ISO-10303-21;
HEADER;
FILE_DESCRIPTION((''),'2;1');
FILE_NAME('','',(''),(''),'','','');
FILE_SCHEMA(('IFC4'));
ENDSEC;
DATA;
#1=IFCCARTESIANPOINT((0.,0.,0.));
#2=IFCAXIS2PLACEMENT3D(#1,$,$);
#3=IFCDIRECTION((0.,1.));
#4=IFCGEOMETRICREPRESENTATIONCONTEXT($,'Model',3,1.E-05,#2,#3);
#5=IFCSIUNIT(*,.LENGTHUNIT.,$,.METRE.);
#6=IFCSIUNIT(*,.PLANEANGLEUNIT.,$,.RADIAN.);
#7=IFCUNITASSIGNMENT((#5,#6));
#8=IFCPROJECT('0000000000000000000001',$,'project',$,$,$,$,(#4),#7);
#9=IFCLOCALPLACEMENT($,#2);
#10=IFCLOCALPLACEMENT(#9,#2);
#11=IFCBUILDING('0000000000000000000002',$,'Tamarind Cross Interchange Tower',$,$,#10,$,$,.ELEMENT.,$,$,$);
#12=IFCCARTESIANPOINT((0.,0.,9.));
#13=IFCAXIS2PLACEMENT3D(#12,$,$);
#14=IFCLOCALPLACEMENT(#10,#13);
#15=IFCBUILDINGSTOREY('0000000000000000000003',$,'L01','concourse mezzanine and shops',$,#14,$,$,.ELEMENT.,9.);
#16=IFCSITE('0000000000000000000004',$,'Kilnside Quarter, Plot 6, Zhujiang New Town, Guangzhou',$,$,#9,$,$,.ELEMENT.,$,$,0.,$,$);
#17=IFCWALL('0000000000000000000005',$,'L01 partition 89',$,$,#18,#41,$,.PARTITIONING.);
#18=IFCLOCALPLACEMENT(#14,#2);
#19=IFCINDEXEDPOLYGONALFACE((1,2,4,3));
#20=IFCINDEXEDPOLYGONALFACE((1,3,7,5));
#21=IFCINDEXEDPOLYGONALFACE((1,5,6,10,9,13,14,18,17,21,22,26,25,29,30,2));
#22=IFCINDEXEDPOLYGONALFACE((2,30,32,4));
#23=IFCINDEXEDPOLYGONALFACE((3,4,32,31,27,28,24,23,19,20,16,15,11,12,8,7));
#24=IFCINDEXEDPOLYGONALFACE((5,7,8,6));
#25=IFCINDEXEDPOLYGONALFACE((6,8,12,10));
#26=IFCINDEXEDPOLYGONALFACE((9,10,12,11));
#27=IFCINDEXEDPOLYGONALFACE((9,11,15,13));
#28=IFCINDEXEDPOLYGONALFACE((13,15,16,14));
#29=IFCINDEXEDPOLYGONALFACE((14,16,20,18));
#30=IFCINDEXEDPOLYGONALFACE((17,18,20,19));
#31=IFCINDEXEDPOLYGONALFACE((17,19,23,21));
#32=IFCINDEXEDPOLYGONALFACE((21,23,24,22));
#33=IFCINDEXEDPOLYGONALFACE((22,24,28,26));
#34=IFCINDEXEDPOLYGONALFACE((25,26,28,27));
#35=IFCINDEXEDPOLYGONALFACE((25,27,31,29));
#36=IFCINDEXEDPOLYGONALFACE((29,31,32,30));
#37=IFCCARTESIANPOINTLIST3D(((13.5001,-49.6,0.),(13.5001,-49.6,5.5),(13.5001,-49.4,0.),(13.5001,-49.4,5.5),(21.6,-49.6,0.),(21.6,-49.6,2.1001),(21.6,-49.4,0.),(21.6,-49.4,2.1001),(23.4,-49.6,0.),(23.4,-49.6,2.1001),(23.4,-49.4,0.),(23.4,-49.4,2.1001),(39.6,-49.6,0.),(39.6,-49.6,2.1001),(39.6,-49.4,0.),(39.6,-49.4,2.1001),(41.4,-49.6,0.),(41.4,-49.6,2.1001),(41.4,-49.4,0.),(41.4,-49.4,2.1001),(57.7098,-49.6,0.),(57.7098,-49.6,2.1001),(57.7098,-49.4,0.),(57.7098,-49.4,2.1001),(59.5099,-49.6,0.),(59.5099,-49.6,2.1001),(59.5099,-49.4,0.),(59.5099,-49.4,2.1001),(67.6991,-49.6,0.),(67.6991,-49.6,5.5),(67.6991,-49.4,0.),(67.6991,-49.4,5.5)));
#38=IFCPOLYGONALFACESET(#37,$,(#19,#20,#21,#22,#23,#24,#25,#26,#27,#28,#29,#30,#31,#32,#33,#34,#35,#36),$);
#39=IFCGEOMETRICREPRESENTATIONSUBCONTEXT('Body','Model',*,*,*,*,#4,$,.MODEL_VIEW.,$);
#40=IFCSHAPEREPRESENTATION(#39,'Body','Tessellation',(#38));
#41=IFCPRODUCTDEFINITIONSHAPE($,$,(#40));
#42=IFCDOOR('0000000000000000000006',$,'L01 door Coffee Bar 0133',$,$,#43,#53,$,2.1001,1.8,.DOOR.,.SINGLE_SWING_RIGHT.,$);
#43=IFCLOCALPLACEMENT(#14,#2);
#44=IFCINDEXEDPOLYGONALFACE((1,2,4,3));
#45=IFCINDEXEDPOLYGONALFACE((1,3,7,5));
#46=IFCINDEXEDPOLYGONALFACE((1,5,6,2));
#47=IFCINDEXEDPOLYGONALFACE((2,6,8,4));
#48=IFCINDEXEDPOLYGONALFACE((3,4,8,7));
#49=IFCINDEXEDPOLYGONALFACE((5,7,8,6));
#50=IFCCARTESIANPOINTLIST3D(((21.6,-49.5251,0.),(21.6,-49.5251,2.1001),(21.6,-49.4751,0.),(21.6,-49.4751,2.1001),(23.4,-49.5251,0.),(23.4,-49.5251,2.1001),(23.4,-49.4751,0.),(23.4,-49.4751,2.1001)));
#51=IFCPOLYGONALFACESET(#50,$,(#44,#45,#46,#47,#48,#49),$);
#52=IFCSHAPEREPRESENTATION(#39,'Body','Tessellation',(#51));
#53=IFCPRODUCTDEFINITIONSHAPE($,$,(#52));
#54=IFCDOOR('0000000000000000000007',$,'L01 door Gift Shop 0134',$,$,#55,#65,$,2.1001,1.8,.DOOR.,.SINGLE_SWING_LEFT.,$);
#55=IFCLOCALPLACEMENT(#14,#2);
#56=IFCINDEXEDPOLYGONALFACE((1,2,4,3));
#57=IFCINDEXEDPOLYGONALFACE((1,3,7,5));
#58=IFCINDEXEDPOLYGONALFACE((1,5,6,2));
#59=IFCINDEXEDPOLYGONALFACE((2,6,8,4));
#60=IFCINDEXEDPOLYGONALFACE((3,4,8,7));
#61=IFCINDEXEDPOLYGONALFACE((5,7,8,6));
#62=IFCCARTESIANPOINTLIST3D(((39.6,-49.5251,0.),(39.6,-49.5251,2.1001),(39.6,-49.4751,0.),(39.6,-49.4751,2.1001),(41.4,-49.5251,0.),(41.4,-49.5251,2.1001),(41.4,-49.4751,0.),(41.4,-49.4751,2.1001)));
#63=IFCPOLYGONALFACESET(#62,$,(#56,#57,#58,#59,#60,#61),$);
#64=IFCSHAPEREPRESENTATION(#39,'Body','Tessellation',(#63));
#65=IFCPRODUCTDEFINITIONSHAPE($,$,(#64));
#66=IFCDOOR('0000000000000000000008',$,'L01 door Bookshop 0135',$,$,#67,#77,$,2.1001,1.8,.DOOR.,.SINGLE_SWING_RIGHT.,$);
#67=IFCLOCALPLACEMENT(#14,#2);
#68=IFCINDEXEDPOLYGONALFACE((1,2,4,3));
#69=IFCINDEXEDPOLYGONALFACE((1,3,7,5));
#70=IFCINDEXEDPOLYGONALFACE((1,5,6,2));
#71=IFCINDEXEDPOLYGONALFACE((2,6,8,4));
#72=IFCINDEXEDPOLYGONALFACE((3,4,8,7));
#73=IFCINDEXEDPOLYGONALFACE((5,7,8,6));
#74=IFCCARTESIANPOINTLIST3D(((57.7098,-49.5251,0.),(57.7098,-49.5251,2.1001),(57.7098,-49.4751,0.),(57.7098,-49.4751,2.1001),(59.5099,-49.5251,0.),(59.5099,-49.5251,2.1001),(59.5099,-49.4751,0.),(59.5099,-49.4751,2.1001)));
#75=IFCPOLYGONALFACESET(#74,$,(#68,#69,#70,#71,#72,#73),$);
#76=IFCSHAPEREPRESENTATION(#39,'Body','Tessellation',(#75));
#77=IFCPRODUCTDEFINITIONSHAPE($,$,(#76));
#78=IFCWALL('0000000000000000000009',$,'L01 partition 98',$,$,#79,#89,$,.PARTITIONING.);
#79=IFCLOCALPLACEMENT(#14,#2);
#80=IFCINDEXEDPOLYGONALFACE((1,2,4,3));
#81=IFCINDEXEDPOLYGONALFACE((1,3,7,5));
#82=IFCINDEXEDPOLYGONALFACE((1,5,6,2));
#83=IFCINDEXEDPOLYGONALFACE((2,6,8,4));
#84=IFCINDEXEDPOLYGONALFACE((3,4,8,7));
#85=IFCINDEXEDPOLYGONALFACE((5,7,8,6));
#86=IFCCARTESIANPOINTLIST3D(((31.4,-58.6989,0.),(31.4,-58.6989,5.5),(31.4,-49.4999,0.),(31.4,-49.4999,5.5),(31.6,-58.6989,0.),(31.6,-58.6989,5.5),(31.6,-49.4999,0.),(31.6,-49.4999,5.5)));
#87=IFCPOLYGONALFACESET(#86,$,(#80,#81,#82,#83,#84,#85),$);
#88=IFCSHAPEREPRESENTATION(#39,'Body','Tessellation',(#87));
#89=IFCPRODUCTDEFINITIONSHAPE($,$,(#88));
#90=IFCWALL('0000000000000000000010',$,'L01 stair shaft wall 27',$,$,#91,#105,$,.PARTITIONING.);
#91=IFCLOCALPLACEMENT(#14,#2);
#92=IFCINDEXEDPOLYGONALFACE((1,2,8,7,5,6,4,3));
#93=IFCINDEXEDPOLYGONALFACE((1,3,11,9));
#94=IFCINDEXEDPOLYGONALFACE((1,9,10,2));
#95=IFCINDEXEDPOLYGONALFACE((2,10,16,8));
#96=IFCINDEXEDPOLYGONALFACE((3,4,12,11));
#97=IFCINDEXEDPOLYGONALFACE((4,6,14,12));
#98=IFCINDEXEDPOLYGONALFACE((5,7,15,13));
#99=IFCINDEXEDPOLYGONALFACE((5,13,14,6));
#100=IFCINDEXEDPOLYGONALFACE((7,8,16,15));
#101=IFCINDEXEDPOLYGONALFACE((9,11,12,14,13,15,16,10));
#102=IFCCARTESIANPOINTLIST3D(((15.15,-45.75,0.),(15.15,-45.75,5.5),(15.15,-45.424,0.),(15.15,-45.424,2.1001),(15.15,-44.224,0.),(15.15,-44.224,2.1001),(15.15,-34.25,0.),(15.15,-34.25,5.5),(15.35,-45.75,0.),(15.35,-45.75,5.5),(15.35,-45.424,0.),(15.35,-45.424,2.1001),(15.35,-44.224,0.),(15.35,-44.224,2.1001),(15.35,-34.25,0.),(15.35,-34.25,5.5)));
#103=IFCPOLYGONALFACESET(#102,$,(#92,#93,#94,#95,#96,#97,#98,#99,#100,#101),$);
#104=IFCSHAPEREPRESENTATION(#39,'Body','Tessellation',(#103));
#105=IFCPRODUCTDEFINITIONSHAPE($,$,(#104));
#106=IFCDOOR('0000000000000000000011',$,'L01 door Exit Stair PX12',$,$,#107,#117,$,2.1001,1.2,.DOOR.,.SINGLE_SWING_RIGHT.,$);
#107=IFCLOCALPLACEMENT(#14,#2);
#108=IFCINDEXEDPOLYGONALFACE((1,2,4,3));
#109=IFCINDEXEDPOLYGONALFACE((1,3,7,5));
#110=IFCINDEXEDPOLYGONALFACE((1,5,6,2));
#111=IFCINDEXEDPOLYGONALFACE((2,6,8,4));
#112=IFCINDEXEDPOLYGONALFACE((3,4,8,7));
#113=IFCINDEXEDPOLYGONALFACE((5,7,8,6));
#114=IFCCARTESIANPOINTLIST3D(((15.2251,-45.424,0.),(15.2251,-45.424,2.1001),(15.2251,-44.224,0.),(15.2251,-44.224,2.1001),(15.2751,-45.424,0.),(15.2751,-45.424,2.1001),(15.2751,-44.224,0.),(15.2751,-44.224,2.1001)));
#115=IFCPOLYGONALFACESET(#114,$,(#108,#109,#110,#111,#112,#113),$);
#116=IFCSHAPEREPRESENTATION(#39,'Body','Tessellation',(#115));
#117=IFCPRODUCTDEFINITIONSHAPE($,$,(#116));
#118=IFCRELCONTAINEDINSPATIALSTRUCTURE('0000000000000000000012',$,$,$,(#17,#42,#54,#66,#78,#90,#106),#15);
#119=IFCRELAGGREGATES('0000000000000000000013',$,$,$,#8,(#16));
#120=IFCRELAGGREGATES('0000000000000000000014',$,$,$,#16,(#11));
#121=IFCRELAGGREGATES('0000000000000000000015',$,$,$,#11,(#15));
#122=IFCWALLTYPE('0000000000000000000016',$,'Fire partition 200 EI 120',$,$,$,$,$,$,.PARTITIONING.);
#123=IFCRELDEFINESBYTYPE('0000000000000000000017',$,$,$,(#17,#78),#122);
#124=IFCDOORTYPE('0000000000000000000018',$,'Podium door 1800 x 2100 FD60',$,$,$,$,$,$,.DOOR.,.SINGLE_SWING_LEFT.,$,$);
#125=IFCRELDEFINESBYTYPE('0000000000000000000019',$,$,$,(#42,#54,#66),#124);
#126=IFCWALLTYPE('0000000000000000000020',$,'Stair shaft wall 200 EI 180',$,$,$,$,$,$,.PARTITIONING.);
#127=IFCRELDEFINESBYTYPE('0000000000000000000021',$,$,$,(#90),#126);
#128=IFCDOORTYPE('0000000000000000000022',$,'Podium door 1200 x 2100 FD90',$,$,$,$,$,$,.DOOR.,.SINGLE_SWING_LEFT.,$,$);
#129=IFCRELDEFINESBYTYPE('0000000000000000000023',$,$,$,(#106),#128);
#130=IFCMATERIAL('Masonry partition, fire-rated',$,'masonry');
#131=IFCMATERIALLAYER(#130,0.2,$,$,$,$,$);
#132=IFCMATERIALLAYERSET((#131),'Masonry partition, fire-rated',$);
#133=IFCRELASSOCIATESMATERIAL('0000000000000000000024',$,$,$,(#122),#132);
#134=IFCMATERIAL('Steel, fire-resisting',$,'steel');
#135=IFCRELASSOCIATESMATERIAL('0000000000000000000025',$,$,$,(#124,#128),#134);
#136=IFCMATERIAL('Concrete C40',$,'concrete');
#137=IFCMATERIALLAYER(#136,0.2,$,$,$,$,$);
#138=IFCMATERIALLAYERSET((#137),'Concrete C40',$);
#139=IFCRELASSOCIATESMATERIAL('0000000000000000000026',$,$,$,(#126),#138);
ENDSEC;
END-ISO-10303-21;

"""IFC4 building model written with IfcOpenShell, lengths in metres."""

from ifc_helpers import new_model, si_unit, direction, frame, frame_2d, origin, place, context, subcontext, project, spatial, rectangle, extrude, material, layer, layer_set, type_object, element, fill, save


model = new_model("IFC4")

# Units and contexts
model_context = context("Model", 3, precision=1e-05, world=origin(), true_north=direction((0.0, 1.0)))
body_context = subcontext(model_context, "Body", "Model", "MODEL_VIEW")
ifc_project = project(units=[si_unit("LENGTHUNIT", "METRE"), si_unit("PLANEANGLEUNIT", "RADIAN")], contexts=[model_context])

# Site, building, storey
site_placement = place(None, origin())
site = spatial("IfcSite", under=ifc_project, at=site_placement, Name="Kilnside Quarter, Plot 6, Zhujiang New Town, Guangzhou", CompositionType="ELEMENT", RefElevation=0.0)
building_placement = place(site_placement, origin())
building = spatial("IfcBuilding", under=site, at=building_placement, Name="Tamarind Cross Interchange Tower", CompositionType="ELEMENT")
storey_placement = place(building_placement, frame((0.0, 0.0, 9.0)))
storey = spatial("IfcBuildingStorey", under=building, at=storey_placement, Name="L01", Description="concourse mezzanine and shops", CompositionType="ELEMENT", Elevation=9.0)

# Shared definitions
ifc_material_1 = material(Name="Masonry partition, fire-rated", Category="masonry")
ifc_layer_1 = layer(ifc_material_1, 0.2)
ifc_layer_set_1 = layer_set([ifc_layer_1], Name="Masonry partition, fire-rated")
wall_type_1 = type_object("IfcWallType", Name="Fire partition 200 EI 120", PredefinedType="PARTITIONING", material=ifc_layer_set_1)

# Wall, openings, doors
wall_1_placement = place(storey_placement, frame((13.5, -49.5, 0.0), z_axis=(0.0, 0.0, 1.0), x_axis=(1.0, 0.0, 0.0)))
wall_1 = element("IfcWall", 1, at=wall_1_placement, inside=storey, type_object=wall_type_1, Name="L01 partition 89", PredefinedType="PARTITIONING", context=body_context, shape_type="SweptSolid", body=[
    extrude(rectangle(XDim=54.199, YDim=0.2, at=frame_2d((27.0996, 0.0))), origin(), (0.0, 0.0, 1.0), 5.5),
])
opening_1_placement = place(wall_1_placement, frame((8.1001, 0.0, 0.0)))
opening_1 = element("IfcOpeningElement", 2, at=opening_1_placement, cuts=wall_1, PredefinedType="OPENING", context=body_context, shape_type="SweptSolid", body=[
    extrude(rectangle(XDim=1.8, YDim=2.1001, at=frame_2d((0.8999, 1.05))), frame((0.0, 0.1099, 0.0), z_axis=(0.0, -1.0, 0.0), x_axis=(1.0, 0.0, 0.0)), (0.0, 0.0, 1.0), 0.22),
])
opening_2_placement = place(wall_1_placement, frame((26.1001, 0.0, 0.0)))
opening_2 = element("IfcOpeningElement", 3, at=opening_2_placement, cuts=wall_1, PredefinedType="OPENING", context=body_context, shape_type="SweptSolid", body=[
    extrude(rectangle(XDim=1.8, YDim=2.1001, at=frame_2d((0.8999, 1.05))), frame((0.0, 0.1099, 0.0), z_axis=(0.0, -1.0, 0.0), x_axis=(1.0, 0.0, 0.0)), (0.0, 0.0, 1.0), 0.22),
])
opening_3_placement = place(wall_1_placement, frame((44.21, 0.0, 0.0)))
opening_3 = element("IfcOpeningElement", 4, at=opening_3_placement, cuts=wall_1, PredefinedType="OPENING", context=body_context, shape_type="SweptSolid", body=[
    extrude(rectangle(XDim=1.8, YDim=2.1001, at=frame_2d((0.8999, 1.05))), frame((0.0, 0.1099, 0.0), z_axis=(0.0, -1.0, 0.0), x_axis=(1.0, 0.0, 0.0)), (0.0, 0.0, 1.0), 0.22),
])
ifc_material_2 = material(Name="Steel, fire-resisting", Category="steel")
door_type_1 = type_object("IfcDoorType", Name="Podium door 1800 x 2100 FD60", OperationType="SINGLE_SWING_LEFT", PredefinedType="DOOR", material=ifc_material_2)
door_1_placement = place(opening_1_placement, origin())
door_1 = element("IfcDoor", 5, at=door_1_placement, inside=storey, type_object=door_type_1, Name="L01 door Coffee Bar 0133", OperationType="SINGLE_SWING_RIGHT", OverallHeight=2.1001, OverallWidth=1.8, PredefinedType="DOOR", context=body_context, shape_type="SweptSolid", body=[
    extrude(rectangle(XDim=1.8, YDim=2.1001, at=frame_2d((0.8999, 1.05))), frame((0.0, 0.0249, 0.0), z_axis=(0.0, -1.0, 0.0), x_axis=(1.0, 0.0, 0.0)), (0.0, 0.0, 1.0), 0.05),
])
fill(opening_1, door_1)
door_2_placement = place(opening_2_placement, origin())
door_2 = element("IfcDoor", 6, at=door_2_placement, inside=storey, type_object=door_type_1, Name="L01 door Gift Shop 0134", OperationType="SINGLE_SWING_LEFT", OverallHeight=2.1001, OverallWidth=1.8, PredefinedType="DOOR", context=body_context, shape_type="SweptSolid", body=[
    extrude(rectangle(XDim=1.8, YDim=2.1001, at=frame_2d((0.8999, 1.05))), frame((0.0, 0.0249, 0.0), z_axis=(0.0, -1.0, 0.0), x_axis=(1.0, 0.0, 0.0)), (0.0, 0.0, 1.0), 0.05),
])
fill(opening_2, door_2)
door_3_placement = place(opening_3_placement, origin())
door_3 = element("IfcDoor", 7, at=door_3_placement, inside=storey, type_object=door_type_1, Name="L01 door Bookshop 0135", OperationType="SINGLE_SWING_RIGHT", OverallHeight=2.1001, OverallWidth=1.8, PredefinedType="DOOR", context=body_context, shape_type="SweptSolid", body=[
    extrude(rectangle(XDim=1.8, YDim=2.1001, at=frame_2d((0.8999, 1.05))), frame((0.0, 0.0249, 0.0), z_axis=(0.0, -1.0, 0.0), x_axis=(1.0, 0.0, 0.0)), (0.0, 0.0, 1.0), 0.05),
])
fill(opening_3, door_3)

# Wall
wall_2_placement = place(storey_placement, frame((31.5, -58.699, 0.0), z_axis=(0.0, 0.0, 1.0), x_axis=(0.0, 1.0, 0.0)))
element("IfcWall", 8, at=wall_2_placement, inside=storey, type_object=wall_type_1, Name="L01 partition 98", PredefinedType="PARTITIONING", context=body_context, shape_type="SweptSolid", body=[
    extrude(rectangle(XDim=9.199, YDim=0.2, at=frame_2d((4.5996, 0.0))), origin(), (0.0, 0.0, 1.0), 5.5),
])

# Wall, opening, door
ifc_material_3 = material(Name="Concrete C40", Category="concrete")
ifc_layer_2 = layer(ifc_material_3, 0.2)
ifc_layer_set_2 = layer_set([ifc_layer_2], Name="Concrete C40")
wall_type_2 = type_object("IfcWallType", Name="Stair shaft wall 200 EI 180", PredefinedType="PARTITIONING", material=ifc_layer_set_2)
wall_3_placement = place(storey_placement, frame((15.25, -45.75, 0.0), z_axis=(0.0, 0.0, 1.0), x_axis=(0.0, 1.0, 0.0)))
wall_3 = element("IfcWall", 9, at=wall_3_placement, inside=storey, type_object=wall_type_2, Name="L01 stair shaft wall 27", PredefinedType="PARTITIONING", context=body_context, shape_type="SweptSolid", body=[
    extrude(rectangle(XDim=11.5, YDim=0.2, at=frame_2d((5.75, 0.0))), origin(), (0.0, 0.0, 1.0), 5.5),
])
opening_4_placement = place(wall_3_placement, frame((0.3259, 0.0, 0.0)))
opening_4 = element("IfcOpeningElement", 10, at=opening_4_placement, cuts=wall_3, PredefinedType="OPENING", context=body_context, shape_type="SweptSolid", body=[
    extrude(rectangle(XDim=1.2, YDim=2.1001, at=frame_2d((0.6001, 1.05))), frame((0.0, 0.1099, 0.0), z_axis=(0.0, -1.0, 0.0), x_axis=(1.0, 0.0, 0.0)), (0.0, 0.0, 1.0), 0.22),
])
door_type_2 = type_object("IfcDoorType", Name="Podium door 1200 x 2100 FD90", OperationType="SINGLE_SWING_LEFT", PredefinedType="DOOR", material=ifc_material_2)
door_4_placement = place(opening_4_placement, origin())
door_4 = element("IfcDoor", 11, at=door_4_placement, inside=storey, type_object=door_type_2, Name="L01 door Exit Stair PX12", OperationType="SINGLE_SWING_RIGHT", OverallHeight=2.1001, OverallWidth=1.2, PredefinedType="DOOR", context=body_context, shape_type="SweptSolid", body=[
    extrude(rectangle(XDim=1.2, YDim=2.1001, at=frame_2d((0.6001, 1.05))), frame((0.0, 0.0249, 0.0), z_axis=(0.0, -1.0, 0.0), x_axis=(1.0, 0.0, 0.0)), (0.0, 0.0, 1.0), 0.05),
])
fill(opening_4, door_4)

save(model, "model.ifc")
